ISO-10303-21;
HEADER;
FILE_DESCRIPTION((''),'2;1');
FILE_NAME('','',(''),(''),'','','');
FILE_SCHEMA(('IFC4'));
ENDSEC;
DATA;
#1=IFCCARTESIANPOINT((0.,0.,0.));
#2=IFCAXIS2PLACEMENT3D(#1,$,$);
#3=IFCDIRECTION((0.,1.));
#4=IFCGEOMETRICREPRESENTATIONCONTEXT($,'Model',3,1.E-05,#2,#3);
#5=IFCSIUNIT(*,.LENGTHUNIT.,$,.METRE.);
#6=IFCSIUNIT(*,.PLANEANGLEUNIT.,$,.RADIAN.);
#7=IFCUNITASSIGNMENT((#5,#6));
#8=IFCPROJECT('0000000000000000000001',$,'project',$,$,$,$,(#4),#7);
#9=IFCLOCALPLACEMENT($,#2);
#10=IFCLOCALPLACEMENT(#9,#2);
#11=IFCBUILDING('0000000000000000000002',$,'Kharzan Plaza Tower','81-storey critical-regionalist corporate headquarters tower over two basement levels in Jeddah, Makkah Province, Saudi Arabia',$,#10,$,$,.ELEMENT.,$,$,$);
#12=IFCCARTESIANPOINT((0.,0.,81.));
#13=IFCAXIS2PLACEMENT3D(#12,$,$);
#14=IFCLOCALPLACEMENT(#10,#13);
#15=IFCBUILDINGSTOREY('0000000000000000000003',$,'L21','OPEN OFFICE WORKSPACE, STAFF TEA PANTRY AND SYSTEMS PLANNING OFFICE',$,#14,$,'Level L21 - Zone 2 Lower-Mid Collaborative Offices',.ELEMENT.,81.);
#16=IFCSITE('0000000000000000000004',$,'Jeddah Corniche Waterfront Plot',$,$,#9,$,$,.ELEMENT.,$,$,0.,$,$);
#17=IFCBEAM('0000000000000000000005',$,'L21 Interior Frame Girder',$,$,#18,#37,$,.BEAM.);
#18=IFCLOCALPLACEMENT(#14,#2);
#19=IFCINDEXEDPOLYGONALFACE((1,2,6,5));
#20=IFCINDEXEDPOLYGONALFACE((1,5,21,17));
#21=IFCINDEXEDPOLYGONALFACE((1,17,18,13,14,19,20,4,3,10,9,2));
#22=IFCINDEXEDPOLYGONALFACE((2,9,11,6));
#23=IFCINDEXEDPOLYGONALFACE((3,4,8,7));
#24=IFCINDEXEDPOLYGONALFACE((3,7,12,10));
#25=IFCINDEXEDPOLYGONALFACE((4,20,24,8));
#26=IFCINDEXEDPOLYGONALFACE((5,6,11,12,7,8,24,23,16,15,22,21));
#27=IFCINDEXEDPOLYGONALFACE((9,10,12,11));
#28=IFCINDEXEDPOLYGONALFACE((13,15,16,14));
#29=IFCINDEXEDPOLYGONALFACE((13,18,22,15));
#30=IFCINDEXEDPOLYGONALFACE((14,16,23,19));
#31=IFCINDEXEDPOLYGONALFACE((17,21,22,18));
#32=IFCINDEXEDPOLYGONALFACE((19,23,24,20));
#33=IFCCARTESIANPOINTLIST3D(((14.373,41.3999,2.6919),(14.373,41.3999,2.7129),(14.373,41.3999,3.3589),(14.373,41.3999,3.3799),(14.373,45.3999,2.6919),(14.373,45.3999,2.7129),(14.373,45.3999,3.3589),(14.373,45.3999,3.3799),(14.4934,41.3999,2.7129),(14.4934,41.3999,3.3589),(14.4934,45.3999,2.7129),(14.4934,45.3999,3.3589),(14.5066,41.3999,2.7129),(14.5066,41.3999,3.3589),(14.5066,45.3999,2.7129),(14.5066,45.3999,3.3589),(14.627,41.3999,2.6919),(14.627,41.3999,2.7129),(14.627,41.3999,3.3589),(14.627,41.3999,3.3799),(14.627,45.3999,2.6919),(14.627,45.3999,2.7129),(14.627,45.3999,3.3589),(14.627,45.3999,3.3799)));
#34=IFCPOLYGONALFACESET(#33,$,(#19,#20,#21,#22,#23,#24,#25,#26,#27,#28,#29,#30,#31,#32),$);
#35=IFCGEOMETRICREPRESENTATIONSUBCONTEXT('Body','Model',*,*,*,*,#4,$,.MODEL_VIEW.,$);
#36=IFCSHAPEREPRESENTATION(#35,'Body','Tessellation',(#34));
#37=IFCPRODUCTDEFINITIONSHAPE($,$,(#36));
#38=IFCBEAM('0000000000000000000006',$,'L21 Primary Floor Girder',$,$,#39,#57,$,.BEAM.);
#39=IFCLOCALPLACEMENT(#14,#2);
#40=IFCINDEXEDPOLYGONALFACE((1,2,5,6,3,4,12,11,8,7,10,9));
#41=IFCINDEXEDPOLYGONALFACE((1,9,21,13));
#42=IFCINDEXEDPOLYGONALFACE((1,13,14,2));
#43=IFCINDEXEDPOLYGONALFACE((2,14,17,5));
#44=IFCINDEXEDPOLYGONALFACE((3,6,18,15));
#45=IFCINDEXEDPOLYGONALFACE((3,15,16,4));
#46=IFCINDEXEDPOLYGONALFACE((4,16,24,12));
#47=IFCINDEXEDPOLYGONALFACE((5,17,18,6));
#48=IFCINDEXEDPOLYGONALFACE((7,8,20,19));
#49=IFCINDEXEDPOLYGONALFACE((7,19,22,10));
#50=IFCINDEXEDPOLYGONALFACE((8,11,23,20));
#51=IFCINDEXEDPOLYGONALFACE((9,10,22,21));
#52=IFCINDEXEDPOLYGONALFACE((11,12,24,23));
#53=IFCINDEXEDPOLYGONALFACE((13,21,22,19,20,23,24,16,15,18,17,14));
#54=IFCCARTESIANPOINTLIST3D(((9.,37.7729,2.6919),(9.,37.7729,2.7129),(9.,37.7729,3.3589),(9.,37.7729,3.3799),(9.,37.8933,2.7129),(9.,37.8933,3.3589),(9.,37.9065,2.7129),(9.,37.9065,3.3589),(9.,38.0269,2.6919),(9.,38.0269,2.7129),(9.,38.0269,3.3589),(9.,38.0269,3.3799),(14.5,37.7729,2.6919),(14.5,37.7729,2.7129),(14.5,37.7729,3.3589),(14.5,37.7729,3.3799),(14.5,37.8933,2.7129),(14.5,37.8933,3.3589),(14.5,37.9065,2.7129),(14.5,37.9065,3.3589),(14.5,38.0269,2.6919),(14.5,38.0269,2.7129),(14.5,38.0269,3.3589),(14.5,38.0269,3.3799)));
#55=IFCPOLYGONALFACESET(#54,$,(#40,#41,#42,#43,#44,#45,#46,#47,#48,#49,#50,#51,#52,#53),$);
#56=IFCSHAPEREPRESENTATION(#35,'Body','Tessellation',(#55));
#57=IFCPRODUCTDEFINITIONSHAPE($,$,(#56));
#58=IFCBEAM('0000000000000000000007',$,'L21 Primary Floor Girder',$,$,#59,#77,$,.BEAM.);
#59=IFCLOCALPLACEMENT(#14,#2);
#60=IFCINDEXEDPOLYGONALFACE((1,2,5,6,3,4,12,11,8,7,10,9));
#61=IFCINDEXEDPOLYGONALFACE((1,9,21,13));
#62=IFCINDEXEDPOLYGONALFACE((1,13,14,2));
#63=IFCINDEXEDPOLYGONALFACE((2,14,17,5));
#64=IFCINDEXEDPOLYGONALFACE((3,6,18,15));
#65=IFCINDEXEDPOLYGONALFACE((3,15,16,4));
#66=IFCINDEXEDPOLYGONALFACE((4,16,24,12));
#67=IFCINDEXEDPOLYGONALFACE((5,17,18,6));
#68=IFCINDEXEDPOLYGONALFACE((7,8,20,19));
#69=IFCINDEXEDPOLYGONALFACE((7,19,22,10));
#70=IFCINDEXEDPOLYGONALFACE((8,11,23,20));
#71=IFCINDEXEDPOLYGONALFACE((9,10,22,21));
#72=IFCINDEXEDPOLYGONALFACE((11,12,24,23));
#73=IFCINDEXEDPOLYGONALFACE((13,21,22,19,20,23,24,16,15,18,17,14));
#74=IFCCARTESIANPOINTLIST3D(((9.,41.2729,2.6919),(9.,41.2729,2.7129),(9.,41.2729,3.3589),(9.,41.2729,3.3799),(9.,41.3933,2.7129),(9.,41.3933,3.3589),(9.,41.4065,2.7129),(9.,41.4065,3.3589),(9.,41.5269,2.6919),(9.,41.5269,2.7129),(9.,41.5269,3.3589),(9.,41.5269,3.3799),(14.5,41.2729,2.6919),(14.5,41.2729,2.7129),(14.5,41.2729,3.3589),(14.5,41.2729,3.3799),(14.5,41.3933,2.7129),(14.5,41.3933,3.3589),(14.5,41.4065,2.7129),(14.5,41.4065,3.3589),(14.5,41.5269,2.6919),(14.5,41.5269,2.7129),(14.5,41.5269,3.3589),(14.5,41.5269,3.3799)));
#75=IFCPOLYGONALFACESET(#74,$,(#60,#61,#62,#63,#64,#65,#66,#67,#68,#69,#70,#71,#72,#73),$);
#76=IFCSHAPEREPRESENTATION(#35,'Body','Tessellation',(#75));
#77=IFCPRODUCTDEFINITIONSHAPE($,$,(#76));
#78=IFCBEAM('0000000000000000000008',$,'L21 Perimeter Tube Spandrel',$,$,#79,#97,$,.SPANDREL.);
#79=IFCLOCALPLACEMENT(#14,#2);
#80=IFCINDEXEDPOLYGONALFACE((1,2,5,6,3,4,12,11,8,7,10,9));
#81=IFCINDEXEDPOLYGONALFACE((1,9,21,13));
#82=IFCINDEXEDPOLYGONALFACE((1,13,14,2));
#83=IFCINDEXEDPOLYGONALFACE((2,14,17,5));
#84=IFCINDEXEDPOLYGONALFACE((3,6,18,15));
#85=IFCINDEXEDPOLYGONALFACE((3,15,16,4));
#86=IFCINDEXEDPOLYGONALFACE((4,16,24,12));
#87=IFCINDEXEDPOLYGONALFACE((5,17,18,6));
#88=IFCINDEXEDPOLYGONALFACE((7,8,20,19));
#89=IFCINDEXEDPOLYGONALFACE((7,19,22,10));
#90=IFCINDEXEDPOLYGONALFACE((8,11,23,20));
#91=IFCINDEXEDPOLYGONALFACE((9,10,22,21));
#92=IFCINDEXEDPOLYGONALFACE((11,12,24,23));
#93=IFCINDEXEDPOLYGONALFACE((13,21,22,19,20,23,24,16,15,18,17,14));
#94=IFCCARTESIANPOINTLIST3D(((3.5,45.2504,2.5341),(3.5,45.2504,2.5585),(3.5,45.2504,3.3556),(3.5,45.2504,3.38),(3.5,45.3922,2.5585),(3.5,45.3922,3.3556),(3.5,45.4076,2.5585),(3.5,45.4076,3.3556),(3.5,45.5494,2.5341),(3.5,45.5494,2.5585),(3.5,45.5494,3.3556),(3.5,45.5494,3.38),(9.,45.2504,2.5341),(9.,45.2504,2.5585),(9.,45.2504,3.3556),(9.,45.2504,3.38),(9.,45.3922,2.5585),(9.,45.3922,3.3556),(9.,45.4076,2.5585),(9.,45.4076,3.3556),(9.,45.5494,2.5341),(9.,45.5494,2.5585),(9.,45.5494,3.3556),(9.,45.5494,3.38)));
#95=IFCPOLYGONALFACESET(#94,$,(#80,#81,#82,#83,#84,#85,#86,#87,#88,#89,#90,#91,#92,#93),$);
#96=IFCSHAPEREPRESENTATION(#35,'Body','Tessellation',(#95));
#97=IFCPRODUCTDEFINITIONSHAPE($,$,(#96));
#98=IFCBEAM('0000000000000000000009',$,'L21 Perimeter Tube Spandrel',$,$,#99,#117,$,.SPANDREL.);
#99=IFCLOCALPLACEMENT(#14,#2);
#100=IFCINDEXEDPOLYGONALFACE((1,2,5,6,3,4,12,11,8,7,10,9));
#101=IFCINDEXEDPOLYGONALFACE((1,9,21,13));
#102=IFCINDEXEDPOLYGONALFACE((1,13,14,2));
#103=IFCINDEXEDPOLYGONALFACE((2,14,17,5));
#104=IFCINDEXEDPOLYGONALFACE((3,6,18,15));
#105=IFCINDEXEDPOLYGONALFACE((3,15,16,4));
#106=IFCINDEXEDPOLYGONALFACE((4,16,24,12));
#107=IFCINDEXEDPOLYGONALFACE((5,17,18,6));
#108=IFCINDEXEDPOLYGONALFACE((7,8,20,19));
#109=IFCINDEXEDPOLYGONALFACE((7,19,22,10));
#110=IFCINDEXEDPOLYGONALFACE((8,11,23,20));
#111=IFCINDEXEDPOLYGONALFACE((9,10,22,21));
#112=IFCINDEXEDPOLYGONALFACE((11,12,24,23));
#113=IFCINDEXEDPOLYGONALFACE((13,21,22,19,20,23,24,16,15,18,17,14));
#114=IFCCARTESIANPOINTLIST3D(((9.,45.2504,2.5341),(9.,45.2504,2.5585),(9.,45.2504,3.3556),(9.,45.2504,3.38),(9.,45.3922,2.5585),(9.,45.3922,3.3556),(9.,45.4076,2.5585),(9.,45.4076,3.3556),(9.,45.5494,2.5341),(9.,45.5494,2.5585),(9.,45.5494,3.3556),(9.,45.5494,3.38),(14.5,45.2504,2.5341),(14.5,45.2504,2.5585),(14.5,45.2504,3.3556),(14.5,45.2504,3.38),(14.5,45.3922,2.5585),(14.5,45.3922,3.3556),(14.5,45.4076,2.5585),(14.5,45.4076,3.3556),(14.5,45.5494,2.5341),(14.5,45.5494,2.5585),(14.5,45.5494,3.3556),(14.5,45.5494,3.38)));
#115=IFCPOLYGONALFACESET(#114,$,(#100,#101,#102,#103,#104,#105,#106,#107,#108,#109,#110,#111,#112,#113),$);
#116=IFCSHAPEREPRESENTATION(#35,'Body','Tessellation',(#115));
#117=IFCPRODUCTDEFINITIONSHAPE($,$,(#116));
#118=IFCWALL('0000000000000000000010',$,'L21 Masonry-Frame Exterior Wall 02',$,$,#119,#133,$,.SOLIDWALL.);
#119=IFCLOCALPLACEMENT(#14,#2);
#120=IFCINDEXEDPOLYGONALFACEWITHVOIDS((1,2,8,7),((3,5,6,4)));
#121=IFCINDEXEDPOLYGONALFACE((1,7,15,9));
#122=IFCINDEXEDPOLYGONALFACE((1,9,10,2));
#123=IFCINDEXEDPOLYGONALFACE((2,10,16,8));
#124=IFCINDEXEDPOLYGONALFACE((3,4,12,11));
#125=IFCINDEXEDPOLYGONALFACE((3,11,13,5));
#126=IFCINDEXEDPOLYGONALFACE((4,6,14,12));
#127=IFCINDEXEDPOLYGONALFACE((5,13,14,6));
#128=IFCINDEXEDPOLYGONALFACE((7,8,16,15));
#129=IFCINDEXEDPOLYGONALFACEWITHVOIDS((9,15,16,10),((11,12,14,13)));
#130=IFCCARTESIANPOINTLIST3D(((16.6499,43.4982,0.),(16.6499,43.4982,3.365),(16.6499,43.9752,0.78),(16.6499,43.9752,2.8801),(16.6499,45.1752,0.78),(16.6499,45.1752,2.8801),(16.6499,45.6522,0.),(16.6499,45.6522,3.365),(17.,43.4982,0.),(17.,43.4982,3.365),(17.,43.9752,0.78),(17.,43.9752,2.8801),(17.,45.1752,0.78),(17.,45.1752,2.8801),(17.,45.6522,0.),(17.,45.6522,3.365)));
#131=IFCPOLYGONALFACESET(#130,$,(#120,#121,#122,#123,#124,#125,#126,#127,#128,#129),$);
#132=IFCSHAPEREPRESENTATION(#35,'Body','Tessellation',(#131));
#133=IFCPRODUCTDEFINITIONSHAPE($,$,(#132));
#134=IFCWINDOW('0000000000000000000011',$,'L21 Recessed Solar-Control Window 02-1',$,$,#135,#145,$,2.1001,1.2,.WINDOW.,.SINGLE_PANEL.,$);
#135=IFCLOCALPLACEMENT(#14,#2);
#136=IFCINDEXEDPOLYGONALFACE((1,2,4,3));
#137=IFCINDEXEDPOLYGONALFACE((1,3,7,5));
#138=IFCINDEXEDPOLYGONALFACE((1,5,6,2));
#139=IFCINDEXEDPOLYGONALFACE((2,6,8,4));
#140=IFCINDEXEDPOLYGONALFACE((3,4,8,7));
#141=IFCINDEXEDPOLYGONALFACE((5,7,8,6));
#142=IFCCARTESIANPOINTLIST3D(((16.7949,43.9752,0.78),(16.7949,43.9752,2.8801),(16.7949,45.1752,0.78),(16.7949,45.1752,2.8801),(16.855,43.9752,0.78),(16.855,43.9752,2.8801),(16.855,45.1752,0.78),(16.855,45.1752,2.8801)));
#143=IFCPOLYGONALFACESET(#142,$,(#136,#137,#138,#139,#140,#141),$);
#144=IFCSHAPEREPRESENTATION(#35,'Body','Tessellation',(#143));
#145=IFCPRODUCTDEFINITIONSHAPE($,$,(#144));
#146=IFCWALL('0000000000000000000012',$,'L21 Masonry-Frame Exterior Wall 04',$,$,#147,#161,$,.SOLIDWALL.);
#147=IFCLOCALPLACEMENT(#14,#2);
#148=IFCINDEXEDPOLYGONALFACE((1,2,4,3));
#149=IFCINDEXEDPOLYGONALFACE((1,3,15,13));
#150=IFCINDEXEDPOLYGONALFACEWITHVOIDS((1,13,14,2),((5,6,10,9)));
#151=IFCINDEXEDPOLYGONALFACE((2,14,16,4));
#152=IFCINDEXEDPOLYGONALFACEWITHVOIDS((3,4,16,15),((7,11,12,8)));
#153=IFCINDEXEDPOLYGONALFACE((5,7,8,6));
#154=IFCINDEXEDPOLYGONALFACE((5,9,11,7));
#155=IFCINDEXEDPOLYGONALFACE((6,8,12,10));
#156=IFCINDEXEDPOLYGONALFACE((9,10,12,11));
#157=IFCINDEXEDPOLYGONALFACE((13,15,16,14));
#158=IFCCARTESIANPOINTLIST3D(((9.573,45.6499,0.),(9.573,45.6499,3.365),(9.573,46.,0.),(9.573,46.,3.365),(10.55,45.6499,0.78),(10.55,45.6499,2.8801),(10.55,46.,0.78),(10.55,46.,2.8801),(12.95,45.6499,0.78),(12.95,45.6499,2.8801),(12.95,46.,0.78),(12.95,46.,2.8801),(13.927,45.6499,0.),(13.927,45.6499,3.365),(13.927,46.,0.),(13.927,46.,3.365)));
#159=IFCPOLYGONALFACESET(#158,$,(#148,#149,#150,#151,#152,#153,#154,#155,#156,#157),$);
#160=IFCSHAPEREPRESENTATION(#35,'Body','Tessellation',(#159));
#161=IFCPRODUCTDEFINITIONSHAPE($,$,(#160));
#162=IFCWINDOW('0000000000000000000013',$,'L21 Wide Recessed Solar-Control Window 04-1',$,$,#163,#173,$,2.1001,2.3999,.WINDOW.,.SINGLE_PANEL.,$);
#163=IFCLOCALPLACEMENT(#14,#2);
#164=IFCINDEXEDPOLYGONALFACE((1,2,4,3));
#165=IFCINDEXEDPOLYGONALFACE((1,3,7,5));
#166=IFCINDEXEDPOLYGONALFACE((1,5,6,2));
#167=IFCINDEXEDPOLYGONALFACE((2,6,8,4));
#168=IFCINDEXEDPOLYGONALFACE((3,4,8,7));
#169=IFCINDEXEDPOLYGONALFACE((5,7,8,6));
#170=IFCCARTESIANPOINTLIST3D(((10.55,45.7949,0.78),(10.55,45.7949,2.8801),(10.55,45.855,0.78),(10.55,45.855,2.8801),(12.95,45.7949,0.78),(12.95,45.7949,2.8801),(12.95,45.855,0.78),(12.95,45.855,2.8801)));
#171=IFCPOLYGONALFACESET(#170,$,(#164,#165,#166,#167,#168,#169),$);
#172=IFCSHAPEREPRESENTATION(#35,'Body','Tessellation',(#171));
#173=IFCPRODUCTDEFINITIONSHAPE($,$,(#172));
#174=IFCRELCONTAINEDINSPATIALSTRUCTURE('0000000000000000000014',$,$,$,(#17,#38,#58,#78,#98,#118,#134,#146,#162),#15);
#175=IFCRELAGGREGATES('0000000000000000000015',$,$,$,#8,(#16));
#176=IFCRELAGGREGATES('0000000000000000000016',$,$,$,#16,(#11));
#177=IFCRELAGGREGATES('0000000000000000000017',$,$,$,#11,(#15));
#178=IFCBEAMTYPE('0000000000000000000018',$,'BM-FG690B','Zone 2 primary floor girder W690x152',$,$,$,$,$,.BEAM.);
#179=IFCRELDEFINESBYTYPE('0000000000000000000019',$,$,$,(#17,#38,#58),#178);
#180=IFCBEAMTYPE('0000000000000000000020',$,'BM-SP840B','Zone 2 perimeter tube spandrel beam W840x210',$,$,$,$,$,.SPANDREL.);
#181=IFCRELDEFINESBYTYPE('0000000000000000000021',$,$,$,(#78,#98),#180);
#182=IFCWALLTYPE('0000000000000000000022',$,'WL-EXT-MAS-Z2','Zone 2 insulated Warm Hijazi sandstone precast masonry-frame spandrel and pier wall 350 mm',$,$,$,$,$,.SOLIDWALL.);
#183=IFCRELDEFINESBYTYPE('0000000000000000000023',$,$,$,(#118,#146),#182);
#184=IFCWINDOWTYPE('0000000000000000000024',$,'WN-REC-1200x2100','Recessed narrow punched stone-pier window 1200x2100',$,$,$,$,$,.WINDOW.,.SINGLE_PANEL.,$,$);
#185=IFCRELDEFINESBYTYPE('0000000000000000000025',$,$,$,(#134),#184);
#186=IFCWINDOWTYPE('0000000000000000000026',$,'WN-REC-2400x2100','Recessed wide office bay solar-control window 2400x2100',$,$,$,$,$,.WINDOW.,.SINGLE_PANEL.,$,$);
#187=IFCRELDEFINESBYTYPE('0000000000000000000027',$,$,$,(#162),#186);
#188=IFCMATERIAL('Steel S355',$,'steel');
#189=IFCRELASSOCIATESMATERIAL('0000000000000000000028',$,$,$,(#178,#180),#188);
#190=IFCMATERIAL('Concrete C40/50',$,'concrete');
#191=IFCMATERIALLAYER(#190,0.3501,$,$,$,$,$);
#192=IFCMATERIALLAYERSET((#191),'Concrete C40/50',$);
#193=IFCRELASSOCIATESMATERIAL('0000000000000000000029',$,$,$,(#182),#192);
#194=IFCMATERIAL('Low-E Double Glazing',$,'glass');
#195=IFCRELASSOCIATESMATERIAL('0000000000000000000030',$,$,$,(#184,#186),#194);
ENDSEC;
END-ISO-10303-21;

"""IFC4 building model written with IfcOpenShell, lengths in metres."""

from ifc_helpers import new_model, si_unit, direction, frame, frame_2d, origin, origin_2d, place, context, subcontext, project, spatial, rectangle, i_section, extrude, source, transform, mapped, material, layer, layer_set, material_profile, profile_set, type_object, element, fill, save


model = new_model("IFC4")

# Units and contexts
model_context = context("Model", 3, precision=1e-05, world=origin(), true_north=direction((0.0, 1.0)))
body_context = subcontext(model_context, "Body", "Model", "MODEL_VIEW")
ifc_project = project(units=[si_unit("LENGTHUNIT", "METRE"), si_unit("PLANEANGLEUNIT", "RADIAN")], contexts=[model_context])

# Site, building, storey
site_placement = place(None, origin())
site = spatial("IfcSite", under=ifc_project, at=site_placement, Name="Jeddah Corniche Waterfront Plot", CompositionType="ELEMENT", RefElevation=0.0)
building_placement = place(site_placement, origin())
building = spatial("IfcBuilding", under=site, at=building_placement, Name="Kharzan Plaza Tower", Description="81-storey critical-regionalist corporate headquarters tower over two basement levels in Jeddah, Makkah Province, Saudi Arabia", CompositionType="ELEMENT")
storey_placement = place(building_placement, frame((0.0, 0.0, 81.0)))
storey = spatial("IfcBuildingStorey", under=building, at=storey_placement, Name="L21", Description="OPEN OFFICE WORKSPACE, STAFF TEA PANTRY AND SYSTEMS PLANNING OFFICE", LongName="Level L21 - Zone 2 Lower-Mid Collaborative Offices", CompositionType="ELEMENT", Elevation=81.0)

# Beams
ifc_material_1 = material(Name="Steel S355", Category="steel")
ifc_material_profile_1 = material_profile(ifc_material_1, i_section(OverallWidth=0.2539, OverallDepth=0.688, WebThickness=0.0132, FlangeThickness=0.021, at=origin_2d()), Name="W690x152")
ifc_profile_set_1 = profile_set([ifc_material_profile_1], Name="Steel S355")
beam_type_1 = type_object("IfcBeamType", Name="BM-FG690B", Description="Zone 2 primary floor girder W690x152", PredefinedType="BEAM", material=ifc_profile_set_1)
shared_shape_1 = source(origin(), body_context, "Body", "SweptSolid", [
    extrude(i_section(OverallWidth=0.2539, OverallDepth=0.688, WebThickness=0.0132, FlangeThickness=0.021, at=origin_2d()), origin(), (0.0, 0.0, 1.0), 4.0),
])
for number, where, z_axis, x_axis, name in (
    (1, (14.5, 41.3999, 3.0359), (0.0, 1.0, 0.0), (-1.0, 0.0, 0.0), "L21 Interior Frame Girder"),
):
    element("IfcBeam", number, at=place(storey_placement, frame(where, z_axis=z_axis, x_axis=x_axis)), inside=storey, type_object=beam_type_1, Name=name, PredefinedType="BEAM", context=body_context, shape_type="MappedRepresentation", body=[
        mapped(shared_shape_1, transform((0.0, 0.0, 0.0), x_axis=(1.0, 0.0, 0.0), y_axis=(0.0, 1.0, 0.0), z_axis=(0.0, 0.0, 1.0))),
    ])
shared_shape_2 = source(origin(), body_context, "Body", "SweptSolid", [
    extrude(i_section(OverallWidth=0.2539, OverallDepth=0.688, WebThickness=0.0132, FlangeThickness=0.021, at=origin_2d()), origin(), (0.0, 0.0, 1.0), 5.5),
])
for number, where, z_axis, x_axis, name in (
    (2, (9.0, 37.8999, 3.0359), (1.0, 0.0, 0.0), (0.0, 1.0, 0.0), "L21 Primary Floor Girder"),
    (3, (9.0, 41.3999, 3.0359), (1.0, 0.0, 0.0), (0.0, 1.0, 0.0), "L21 Primary Floor Girder"),
):
    element("IfcBeam", number, at=place(storey_placement, frame(where, z_axis=z_axis, x_axis=x_axis)), inside=storey, type_object=beam_type_1, Name=name, PredefinedType="BEAM", context=body_context, shape_type="MappedRepresentation", body=[
        mapped(shared_shape_2, transform((0.0, 0.0, 0.0), x_axis=(1.0, 0.0, 0.0), y_axis=(0.0, 1.0, 0.0), z_axis=(0.0, 0.0, 1.0))),
    ])
ifc_material_profile_2 = material_profile(ifc_material_1, i_section(OverallWidth=0.2991, OverallDepth=0.8459, WebThickness=0.0154, FlangeThickness=0.0244, at=origin_2d()), Name="W840x210")
ifc_profile_set_2 = profile_set([ifc_material_profile_2], Name="Steel S355")
beam_type_2 = type_object("IfcBeamType", Name="BM-SP840B", Description="Zone 2 perimeter tube spandrel beam W840x210", PredefinedType="SPANDREL", material=ifc_profile_set_2)
shared_shape_3 = source(origin(), body_context, "Body", "SweptSolid", [
    extrude(i_section(OverallWidth=0.2991, OverallDepth=0.8459, WebThickness=0.0154, FlangeThickness=0.0244, at=origin_2d()), origin(), (0.0, 0.0, 1.0), 5.5),
])
for number, where, z_axis, x_axis, name in (
    (4, (3.5, 45.3999, 2.957), (1.0, 0.0, 0.0), (0.0, 1.0, 0.0), "L21 Perimeter Tube Spandrel"),
    (5, (9.0, 45.3999, 2.957), (1.0, 0.0, 0.0), (0.0, 1.0, 0.0), "L21 Perimeter Tube Spandrel"),
):
    element("IfcBeam", number, at=place(storey_placement, frame(where, z_axis=z_axis, x_axis=x_axis)), inside=storey, type_object=beam_type_2, Name=name, PredefinedType="SPANDREL", context=body_context, shape_type="MappedRepresentation", body=[
        mapped(shared_shape_3, transform((0.0, 0.0, 0.0), x_axis=(1.0, 0.0, 0.0), y_axis=(0.0, 1.0, 0.0), z_axis=(0.0, 0.0, 1.0))),
    ])

# Walls, openings, windows
ifc_material_2 = material(Name="Concrete C40/50", Category="concrete")
ifc_layer_1 = layer(ifc_material_2, 0.3501)
ifc_layer_set_1 = layer_set([ifc_layer_1], Name="Concrete C40/50")
wall_type_1 = type_object("IfcWallType", Name="WL-EXT-MAS-Z2", Description="Zone 2 insulated Warm Hijazi sandstone precast masonry-frame spandrel and pier wall 350 mm", PredefinedType="SOLIDWALL", material=ifc_layer_set_1)
wall_1_placement = place(storey_placement, frame((16.825, 43.498, 0.0), z_axis=(0.0, 0.0, 1.0), x_axis=(0.0, 1.0, 0.0)))
wall_1 = element("IfcWall", 6, at=wall_1_placement, inside=storey, type_object=wall_type_1, Name="L21 Masonry-Frame Exterior Wall 02", PredefinedType="SOLIDWALL", context=body_context, shape_type="SweptSolid", body=[
    extrude(rectangle(XDim=2.1541, YDim=0.3501, at=frame_2d((1.0771, 0.0))), origin(), (0.0, 0.0, 1.0), 3.365),
])
opening_1_placement = place(wall_1_placement, frame((0.4771, 0.0, 0.78)))
opening_1 = element("IfcOpeningElement", 7, at=opening_1_placement, cuts=wall_1, PredefinedType="OPENING", context=body_context, shape_type="SweptSolid", body=[
    extrude(rectangle(XDim=1.2, YDim=2.1001, at=frame_2d((0.6001, 1.05))), frame((0.0, 0.1851, 0.0), z_axis=(0.0, -1.0, 0.0), x_axis=(1.0, 0.0, 0.0)), (0.0, 0.0, 1.0), 0.3701),
])
ifc_material_3 = material(Name="Low-E Double Glazing", Category="glass")
window_type_1 = type_object("IfcWindowType", Name="WN-REC-1200x2100", Description="Recessed narrow punched stone-pier window 1200x2100", PartitioningType="SINGLE_PANEL", PredefinedType="WINDOW", material=ifc_material_3)
shared_shape_4 = source(origin(), body_context, "Body", "SweptSolid", [
    extrude(rectangle(XDim=1.2, YDim=2.1001, at=frame_2d((0.6001, 1.05))), frame((0.0, 0.03, 0.0), z_axis=(0.0, -1.0, 0.0), x_axis=(1.0, 0.0, 0.0)), (0.0, 0.0, 1.0), 0.0601),
])
window_1_placement = place(opening_1_placement, origin())
window_1 = element("IfcWindow", 8, at=window_1_placement, inside=storey, type_object=window_type_1, Name="L21 Recessed Solar-Control Window 02-1", OverallHeight=2.1001, OverallWidth=1.2, PartitioningType="SINGLE_PANEL", PredefinedType="WINDOW", context=body_context, shape_type="MappedRepresentation", body=[
    mapped(shared_shape_4, transform((0.0, 0.0, 0.0), x_axis=(1.0, 0.0, 0.0), y_axis=(0.0, 1.0, 0.0), z_axis=(0.0, 0.0, 1.0))),
])
fill(opening_1, window_1)
wall_2_placement = place(storey_placement, frame((13.927, 45.825, 0.0), z_axis=(0.0, 0.0, 1.0), x_axis=(-1.0, 0.0, 0.0)))
wall_2 = element("IfcWall", 9, at=wall_2_placement, inside=storey, type_object=wall_type_1, Name="L21 Masonry-Frame Exterior Wall 04", PredefinedType="SOLIDWALL", context=body_context, shape_type="SweptSolid", body=[
    extrude(rectangle(XDim=4.354, YDim=0.3501, at=frame_2d((2.177, 0.0))), origin(), (0.0, 0.0, 1.0), 3.365),
])
opening_2_placement = place(wall_2_placement, frame((0.9771, 0.0, 0.78)))
opening_2 = element("IfcOpeningElement", 10, at=opening_2_placement, cuts=wall_2, PredefinedType="OPENING", context=body_context, shape_type="SweptSolid", body=[
    extrude(rectangle(XDim=2.3999, YDim=2.1001, at=frame_2d((1.2, 1.05))), frame((0.0, 0.1851, 0.0), z_axis=(0.0, -1.0, 0.0), x_axis=(1.0, 0.0, 0.0)), (0.0, 0.0, 1.0), 0.3701),
])
window_type_2 = type_object("IfcWindowType", Name="WN-REC-2400x2100", Description="Recessed wide office bay solar-control window 2400x2100", PartitioningType="SINGLE_PANEL", PredefinedType="WINDOW", material=ifc_material_3)
shared_shape_5 = source(origin(), body_context, "Body", "SweptSolid", [
    extrude(rectangle(XDim=2.3999, YDim=2.1001, at=frame_2d((1.2, 1.05))), frame((0.0, 0.03, 0.0), z_axis=(0.0, -1.0, 0.0), x_axis=(1.0, 0.0, 0.0)), (0.0, 0.0, 1.0), 0.0601),
])
window_2_placement = place(opening_2_placement, origin())
window_2 = element("IfcWindow", 11, at=window_2_placement, inside=storey, type_object=window_type_2, Name="L21 Wide Recessed Solar-Control Window 04-1", OverallHeight=2.1001, OverallWidth=2.3999, PartitioningType="SINGLE_PANEL", PredefinedType="WINDOW", context=body_context, shape_type="MappedRepresentation", body=[
    mapped(shared_shape_5, transform((0.0, 0.0, 0.0), x_axis=(1.0, 0.0, 0.0), y_axis=(0.0, 1.0, 0.0), z_axis=(0.0, 0.0, 1.0))),
])
fill(opening_2, window_2)

save(model, "model.ifc")
